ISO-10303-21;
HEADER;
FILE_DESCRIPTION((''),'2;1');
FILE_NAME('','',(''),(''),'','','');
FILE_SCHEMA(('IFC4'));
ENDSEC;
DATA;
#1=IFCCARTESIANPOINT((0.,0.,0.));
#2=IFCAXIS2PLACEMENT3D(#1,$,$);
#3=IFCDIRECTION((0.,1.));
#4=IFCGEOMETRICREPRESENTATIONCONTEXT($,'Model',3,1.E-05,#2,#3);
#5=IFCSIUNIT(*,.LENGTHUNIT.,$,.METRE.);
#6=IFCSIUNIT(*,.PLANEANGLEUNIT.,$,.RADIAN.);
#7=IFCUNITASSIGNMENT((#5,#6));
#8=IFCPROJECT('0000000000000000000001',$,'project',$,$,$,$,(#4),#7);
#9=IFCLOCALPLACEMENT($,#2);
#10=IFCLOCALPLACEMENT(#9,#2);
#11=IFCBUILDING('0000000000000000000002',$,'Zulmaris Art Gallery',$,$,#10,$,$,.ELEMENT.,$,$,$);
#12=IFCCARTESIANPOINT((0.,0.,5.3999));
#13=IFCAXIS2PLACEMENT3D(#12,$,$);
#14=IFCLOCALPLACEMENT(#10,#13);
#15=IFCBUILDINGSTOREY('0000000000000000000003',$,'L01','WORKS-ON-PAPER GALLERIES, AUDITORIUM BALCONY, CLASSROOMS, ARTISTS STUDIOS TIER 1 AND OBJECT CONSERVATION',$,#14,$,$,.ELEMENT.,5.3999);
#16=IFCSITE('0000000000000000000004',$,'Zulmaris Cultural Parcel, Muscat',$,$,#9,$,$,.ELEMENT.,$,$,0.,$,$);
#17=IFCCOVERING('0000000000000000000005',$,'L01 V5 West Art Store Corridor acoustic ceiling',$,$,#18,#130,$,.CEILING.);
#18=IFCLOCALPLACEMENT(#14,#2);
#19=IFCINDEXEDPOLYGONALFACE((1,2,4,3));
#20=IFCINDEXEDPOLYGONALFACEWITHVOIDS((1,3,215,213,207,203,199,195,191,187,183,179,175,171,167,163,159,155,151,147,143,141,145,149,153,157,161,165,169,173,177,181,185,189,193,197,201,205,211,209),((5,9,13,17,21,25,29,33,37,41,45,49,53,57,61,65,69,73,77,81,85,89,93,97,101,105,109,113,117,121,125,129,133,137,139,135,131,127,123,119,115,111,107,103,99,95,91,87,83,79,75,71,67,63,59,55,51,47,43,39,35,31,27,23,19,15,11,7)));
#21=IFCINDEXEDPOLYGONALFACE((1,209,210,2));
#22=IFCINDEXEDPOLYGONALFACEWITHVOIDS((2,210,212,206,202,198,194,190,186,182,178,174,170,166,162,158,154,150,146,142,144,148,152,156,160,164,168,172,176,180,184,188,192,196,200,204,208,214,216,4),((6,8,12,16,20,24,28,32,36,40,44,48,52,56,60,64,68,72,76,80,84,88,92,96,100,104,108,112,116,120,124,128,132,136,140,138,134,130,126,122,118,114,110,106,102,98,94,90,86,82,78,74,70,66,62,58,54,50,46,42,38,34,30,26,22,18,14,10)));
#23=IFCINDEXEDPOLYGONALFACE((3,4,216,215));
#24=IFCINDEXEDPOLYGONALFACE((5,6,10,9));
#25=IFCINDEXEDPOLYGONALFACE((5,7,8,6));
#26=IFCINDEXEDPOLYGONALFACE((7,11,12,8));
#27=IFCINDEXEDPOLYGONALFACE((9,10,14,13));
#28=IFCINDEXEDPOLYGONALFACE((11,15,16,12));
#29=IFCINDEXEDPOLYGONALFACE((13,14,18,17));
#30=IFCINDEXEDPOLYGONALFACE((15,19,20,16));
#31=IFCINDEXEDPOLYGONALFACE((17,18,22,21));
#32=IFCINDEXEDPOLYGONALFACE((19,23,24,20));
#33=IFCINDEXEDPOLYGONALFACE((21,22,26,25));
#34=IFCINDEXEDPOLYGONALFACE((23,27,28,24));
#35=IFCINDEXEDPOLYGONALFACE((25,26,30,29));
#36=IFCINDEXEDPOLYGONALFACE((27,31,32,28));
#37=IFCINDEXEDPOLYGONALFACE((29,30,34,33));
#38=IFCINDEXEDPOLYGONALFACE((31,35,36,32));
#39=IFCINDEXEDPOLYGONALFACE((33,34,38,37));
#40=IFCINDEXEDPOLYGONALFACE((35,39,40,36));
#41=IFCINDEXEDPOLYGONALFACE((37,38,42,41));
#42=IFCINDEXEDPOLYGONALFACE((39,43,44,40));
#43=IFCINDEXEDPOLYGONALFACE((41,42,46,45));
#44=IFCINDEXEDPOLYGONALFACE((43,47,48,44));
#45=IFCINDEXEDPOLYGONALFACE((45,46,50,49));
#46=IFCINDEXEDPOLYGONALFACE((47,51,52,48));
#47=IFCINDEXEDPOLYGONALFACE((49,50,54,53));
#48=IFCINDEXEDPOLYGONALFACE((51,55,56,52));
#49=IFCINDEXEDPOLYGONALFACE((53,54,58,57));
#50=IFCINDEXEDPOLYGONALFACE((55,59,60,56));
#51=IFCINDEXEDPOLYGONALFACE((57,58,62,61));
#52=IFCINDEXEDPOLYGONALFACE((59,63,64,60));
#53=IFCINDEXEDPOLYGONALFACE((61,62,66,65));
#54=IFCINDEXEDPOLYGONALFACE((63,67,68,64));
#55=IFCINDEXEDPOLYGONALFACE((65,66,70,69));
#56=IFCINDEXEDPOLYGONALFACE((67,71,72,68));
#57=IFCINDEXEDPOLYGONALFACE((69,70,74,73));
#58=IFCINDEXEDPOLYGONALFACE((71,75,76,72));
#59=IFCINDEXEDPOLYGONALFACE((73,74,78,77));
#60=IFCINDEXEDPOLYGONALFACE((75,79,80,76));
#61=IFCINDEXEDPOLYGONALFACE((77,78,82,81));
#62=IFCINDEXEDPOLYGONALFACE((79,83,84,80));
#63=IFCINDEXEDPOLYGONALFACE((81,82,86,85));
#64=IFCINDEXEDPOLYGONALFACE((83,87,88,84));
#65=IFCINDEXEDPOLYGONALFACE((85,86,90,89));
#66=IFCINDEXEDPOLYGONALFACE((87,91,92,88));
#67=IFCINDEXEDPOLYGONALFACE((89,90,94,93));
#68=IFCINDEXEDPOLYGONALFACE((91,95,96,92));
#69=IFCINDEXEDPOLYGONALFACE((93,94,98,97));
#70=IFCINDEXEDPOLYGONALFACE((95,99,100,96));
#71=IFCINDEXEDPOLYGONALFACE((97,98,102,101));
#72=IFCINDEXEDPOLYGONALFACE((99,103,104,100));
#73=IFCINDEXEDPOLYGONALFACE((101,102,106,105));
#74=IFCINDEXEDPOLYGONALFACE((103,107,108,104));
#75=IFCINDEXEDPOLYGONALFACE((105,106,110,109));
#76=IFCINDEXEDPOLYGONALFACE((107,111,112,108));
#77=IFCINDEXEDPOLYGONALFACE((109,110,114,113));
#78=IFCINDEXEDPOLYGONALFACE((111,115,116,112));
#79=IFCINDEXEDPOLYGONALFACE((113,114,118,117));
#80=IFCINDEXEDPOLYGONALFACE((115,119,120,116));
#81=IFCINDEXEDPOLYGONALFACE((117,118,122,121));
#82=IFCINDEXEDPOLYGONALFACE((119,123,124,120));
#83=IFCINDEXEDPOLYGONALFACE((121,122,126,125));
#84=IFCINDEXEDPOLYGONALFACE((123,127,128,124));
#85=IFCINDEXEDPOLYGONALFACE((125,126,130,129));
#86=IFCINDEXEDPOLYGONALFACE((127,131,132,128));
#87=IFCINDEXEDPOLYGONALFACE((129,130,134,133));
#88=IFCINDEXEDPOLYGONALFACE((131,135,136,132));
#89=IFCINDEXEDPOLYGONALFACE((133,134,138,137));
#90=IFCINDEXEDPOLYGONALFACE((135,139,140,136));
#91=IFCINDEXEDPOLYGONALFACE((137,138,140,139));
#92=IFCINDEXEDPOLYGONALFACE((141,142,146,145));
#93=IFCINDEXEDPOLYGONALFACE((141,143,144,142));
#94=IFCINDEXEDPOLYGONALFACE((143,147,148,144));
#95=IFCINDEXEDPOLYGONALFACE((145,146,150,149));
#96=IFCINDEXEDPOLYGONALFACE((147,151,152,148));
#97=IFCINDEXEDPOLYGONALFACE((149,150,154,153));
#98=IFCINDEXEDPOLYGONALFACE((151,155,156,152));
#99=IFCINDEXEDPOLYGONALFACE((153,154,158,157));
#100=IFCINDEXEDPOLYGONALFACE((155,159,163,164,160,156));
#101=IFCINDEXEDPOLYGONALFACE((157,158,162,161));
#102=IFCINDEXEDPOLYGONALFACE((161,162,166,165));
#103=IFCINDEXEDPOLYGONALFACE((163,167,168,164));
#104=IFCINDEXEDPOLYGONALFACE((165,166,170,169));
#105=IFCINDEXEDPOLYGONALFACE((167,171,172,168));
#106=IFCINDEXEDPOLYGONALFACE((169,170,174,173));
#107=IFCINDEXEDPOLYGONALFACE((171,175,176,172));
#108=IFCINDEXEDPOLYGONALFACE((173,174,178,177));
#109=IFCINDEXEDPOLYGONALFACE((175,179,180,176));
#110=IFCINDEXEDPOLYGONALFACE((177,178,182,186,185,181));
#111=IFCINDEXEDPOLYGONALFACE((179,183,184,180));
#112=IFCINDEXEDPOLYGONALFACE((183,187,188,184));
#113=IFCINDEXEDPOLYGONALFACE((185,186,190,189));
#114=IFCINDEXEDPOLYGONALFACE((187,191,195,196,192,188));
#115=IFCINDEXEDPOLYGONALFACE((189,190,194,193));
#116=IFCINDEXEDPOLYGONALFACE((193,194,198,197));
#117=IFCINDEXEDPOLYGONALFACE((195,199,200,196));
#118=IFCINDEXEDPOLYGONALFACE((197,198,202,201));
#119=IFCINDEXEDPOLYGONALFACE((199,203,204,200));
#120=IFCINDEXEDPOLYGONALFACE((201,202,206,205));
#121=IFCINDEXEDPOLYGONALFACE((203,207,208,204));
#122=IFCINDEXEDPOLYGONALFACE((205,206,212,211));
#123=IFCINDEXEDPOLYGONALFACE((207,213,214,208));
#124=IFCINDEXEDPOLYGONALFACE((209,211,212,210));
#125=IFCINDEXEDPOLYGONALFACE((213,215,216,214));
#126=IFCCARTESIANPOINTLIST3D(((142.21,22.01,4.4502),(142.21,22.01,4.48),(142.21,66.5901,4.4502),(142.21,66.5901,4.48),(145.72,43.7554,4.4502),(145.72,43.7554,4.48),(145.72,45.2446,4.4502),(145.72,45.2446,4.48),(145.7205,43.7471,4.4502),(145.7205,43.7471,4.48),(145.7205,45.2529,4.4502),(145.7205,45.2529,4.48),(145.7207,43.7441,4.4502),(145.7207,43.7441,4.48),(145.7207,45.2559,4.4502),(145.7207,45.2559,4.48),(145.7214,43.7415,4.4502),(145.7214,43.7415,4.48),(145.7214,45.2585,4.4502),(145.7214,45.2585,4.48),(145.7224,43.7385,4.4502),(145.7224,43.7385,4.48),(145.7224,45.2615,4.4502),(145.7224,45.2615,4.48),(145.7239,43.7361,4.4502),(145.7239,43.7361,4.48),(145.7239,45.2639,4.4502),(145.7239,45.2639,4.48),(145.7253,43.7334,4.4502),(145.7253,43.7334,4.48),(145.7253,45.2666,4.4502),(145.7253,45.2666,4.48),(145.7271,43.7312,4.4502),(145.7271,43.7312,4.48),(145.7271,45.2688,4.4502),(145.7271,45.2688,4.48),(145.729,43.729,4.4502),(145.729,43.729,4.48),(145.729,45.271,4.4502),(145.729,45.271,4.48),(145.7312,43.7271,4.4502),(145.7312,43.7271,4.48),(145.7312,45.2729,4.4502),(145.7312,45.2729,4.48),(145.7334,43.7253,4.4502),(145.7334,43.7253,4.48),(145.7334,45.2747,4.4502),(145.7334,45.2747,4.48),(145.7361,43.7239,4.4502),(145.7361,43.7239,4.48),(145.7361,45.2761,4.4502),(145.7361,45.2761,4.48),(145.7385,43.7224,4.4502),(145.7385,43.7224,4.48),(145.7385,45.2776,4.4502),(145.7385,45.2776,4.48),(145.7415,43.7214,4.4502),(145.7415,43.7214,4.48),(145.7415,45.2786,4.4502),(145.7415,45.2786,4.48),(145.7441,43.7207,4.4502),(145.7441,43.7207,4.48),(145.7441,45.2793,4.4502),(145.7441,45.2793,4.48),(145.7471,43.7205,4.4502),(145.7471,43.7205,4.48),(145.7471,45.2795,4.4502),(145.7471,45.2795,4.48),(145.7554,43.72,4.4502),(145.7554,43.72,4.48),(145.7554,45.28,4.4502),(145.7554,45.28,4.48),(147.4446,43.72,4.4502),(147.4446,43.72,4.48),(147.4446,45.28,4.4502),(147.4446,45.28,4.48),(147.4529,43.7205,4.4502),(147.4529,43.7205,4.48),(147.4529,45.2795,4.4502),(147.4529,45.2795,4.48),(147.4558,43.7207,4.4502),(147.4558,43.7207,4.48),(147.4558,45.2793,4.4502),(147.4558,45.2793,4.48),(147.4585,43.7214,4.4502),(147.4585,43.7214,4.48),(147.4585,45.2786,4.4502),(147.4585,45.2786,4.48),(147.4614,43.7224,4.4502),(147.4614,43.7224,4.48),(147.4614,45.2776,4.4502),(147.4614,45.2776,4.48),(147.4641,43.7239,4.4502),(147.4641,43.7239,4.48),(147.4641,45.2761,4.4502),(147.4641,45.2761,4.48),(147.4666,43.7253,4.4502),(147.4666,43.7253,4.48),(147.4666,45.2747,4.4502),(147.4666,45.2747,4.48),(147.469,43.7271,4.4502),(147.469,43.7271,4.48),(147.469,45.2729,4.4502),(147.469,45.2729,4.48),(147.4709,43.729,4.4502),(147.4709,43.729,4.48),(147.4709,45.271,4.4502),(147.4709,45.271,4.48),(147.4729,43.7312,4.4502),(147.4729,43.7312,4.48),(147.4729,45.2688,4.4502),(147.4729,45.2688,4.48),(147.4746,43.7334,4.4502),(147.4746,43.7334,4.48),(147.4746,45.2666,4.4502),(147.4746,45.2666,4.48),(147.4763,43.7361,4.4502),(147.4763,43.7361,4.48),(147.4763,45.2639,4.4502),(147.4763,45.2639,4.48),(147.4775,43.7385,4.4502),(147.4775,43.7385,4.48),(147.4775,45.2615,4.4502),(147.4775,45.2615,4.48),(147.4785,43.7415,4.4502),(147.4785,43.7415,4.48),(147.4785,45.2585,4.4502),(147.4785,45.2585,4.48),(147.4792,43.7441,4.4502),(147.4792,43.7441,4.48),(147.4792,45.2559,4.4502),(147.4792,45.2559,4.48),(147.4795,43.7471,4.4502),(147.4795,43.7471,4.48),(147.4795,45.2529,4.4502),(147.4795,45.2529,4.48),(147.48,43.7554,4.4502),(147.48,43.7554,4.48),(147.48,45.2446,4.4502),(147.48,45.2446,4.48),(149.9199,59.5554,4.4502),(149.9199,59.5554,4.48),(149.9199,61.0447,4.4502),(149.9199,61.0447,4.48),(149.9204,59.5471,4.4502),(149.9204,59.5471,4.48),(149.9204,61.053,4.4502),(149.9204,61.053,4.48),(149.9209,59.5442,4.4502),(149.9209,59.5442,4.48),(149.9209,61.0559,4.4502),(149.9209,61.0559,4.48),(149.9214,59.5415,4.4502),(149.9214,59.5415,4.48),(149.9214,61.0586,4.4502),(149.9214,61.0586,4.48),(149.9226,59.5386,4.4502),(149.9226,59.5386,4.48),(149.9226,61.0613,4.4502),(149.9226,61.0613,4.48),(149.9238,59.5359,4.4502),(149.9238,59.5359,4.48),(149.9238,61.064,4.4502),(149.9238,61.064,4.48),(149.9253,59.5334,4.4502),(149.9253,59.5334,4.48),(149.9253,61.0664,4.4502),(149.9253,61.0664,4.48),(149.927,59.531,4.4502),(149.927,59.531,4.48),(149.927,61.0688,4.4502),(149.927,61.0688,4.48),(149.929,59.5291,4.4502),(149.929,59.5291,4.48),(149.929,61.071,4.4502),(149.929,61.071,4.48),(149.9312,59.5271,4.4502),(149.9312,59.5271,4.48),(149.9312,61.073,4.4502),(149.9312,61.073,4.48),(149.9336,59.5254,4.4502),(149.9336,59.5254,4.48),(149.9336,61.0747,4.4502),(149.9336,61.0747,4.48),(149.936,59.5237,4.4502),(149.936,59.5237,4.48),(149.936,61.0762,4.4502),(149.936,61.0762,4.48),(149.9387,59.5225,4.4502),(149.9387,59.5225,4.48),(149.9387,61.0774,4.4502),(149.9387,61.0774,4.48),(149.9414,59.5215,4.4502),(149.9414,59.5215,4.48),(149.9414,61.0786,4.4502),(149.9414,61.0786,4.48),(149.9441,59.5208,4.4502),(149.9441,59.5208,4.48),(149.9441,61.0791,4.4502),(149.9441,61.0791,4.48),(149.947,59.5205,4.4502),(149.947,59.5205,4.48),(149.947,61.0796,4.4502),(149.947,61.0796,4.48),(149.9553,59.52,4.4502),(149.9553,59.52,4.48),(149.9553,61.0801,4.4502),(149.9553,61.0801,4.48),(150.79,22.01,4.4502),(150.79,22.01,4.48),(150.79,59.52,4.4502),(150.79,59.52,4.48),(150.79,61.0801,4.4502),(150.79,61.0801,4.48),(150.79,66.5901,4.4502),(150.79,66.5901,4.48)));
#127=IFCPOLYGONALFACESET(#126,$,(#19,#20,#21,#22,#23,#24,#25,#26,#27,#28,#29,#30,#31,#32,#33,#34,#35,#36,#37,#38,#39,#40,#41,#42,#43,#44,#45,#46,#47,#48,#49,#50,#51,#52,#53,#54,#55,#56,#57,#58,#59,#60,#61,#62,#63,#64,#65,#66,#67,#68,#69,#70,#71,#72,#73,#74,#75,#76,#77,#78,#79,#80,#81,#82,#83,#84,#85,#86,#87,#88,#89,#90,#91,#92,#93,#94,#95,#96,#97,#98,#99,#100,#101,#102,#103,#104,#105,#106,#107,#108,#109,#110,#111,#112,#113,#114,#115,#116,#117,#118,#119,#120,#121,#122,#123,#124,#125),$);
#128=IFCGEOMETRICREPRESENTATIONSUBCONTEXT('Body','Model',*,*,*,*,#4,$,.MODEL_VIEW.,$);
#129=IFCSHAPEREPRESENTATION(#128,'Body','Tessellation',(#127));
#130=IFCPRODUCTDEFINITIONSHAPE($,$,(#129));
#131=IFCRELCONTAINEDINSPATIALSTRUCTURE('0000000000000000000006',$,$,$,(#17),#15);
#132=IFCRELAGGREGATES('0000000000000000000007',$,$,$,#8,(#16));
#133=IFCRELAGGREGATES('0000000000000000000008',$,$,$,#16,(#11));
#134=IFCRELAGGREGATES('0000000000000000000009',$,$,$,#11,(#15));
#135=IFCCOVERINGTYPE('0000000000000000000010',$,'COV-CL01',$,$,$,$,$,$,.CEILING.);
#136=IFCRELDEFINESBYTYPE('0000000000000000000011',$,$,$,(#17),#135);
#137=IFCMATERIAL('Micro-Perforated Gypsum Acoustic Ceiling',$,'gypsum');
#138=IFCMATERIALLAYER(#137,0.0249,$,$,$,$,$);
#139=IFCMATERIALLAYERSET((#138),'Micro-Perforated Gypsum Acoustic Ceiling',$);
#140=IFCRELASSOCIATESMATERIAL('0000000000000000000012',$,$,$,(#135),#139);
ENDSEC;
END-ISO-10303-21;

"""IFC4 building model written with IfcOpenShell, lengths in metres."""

from ifc_helpers import new_model, si_unit, direction, frame, origin, place, context, subcontext, project, spatial, polyline, outline, extrude, material, layer, layer_set, type_object, element, save


model = new_model("IFC4")

# Units and contexts
model_context = context("Model", 3, precision=1e-05, world=origin(), true_north=direction((0.0, 1.0)))
body_context = subcontext(model_context, "Body", "Model", "MODEL_VIEW")
ifc_project = project(units=[si_unit("LENGTHUNIT", "METRE"), si_unit("PLANEANGLEUNIT", "RADIAN")], contexts=[model_context])

# Site, building, storey
site_placement = place(None, origin())
site = spatial("IfcSite", under=ifc_project, at=site_placement, Name="Zulmaris Cultural Parcel, Muscat", CompositionType="ELEMENT", RefElevation=0.0)
building_placement = place(site_placement, origin())
building = spatial("IfcBuilding", under=site, at=building_placement, Name="Zulmaris Art Gallery", CompositionType="ELEMENT")
storey_placement = place(building_placement, frame((0.0, 0.0, 5.3999)))
storey = spatial("IfcBuildingStorey", under=building, at=storey_placement, Name="L01", Description="WORKS-ON-PAPER GALLERIES, AUDITORIUM BALCONY, CLASSROOMS, ARTISTS STUDIOS TIER 1 AND OBJECT CONSERVATION", CompositionType="ELEMENT", Elevation=5.3999)

# Covering
ifc_material_1 = material(Name="Micro-Perforated Gypsum Acoustic Ceiling", Category="gypsum")
ifc_layer_1 = layer(ifc_material_1, 0.0249)
ifc_layer_set_1 = layer_set([ifc_layer_1], Name="Micro-Perforated Gypsum Acoustic Ceiling")
covering_type_1 = type_object("IfcCoveringType", Name="COV-CL01", PredefinedType="CEILING", material=ifc_layer_set_1)
covering_1_placement = place(storey_placement, frame((0.0, 0.0, 4.4502)))
element("IfcCovering", 1, at=covering_1_placement, inside=storey, type_object=covering_type_1, Name="L01 V5 West Art Store Corridor acoustic ceiling", PredefinedType="CEILING", context=body_context, shape_type="SweptSolid", body=[
    extrude(outline(polyline([(149.9553, 61.0801), (149.947, 61.0796), (149.9441, 61.0791), (149.9414, 61.0786), (149.9387, 61.0774), (149.936, 61.0762), (149.9336, 61.0747), (149.9312, 61.073), (149.929, 61.071), (149.927, 61.0688), (149.9253, 61.0664), (149.9238, 61.064), (149.9226, 61.0613), (149.9214, 61.0586), (149.9209, 61.0559), (149.9204, 61.053), (149.9199, 61.0447), (149.9199, 59.5554), (149.9204, 59.5471), (149.9209, 59.5442), (149.9214, 59.5415), (149.9226, 59.5386), (149.9238, 59.5359), (149.9253, 59.5334), (149.927, 59.531), (149.929, 59.5291), (149.9312, 59.5271), (149.9336, 59.5254), (149.936, 59.5237), (149.9387, 59.5225), (149.9414, 59.5215), (149.9441, 59.5208), (149.947, 59.5205), (149.9553, 59.52), (150.79, 59.52), (150.79, 22.01), (142.21, 22.01), (142.21, 66.5901), (150.79, 66.5901), (150.79, 61.0801), (149.9553, 61.0801)]), holes=[polyline([(145.7415, 45.2786), (145.7385, 45.2776), (145.7361, 45.2761), (145.7334, 45.2747), (145.7312, 45.2729), (145.729, 45.271), (145.7271, 45.2688), (145.7253, 45.2666), (145.7239, 45.2639), (145.7224, 45.2615), (145.7214, 45.2585), (145.7207, 45.2559), (145.7205, 45.2529), (145.72, 45.2446), (145.72, 43.7554), (145.7205, 43.7471), (145.7207, 43.7441), (145.7214, 43.7415), (145.7224, 43.7385), (145.7239, 43.7361), (145.7253, 43.7334), (145.7271, 43.7312), (145.729, 43.729), (145.7312, 43.7271), (145.7334, 43.7253), (145.7361, 43.7239), (145.7385, 43.7224), (145.7415, 43.7214), (145.7441, 43.7207), (145.7471, 43.7205), (145.7554, 43.72), (147.4446, 43.72), (147.4529, 43.7205), (147.4558, 43.7207), (147.4585, 43.7214), (147.4614, 43.7224), (147.4641, 43.7239), (147.4666, 43.7253), (147.469, 43.7271), (147.4709, 43.729), (147.4729, 43.7312), (147.4746, 43.7334), (147.4763, 43.7361), (147.4775, 43.7385), (147.4785, 43.7415), (147.4792, 43.7441), (147.4795, 43.7471), (147.48, 43.7554), (147.48, 45.2446), (147.4795, 45.2529), (147.4792, 45.2559), (147.4785, 45.2585), (147.4775, 45.2615), (147.4763, 45.2639), (147.4746, 45.2666), (147.4729, 45.2688), (147.4709, 45.271), (147.469, 45.2729), (147.4666, 45.2747), (147.4641, 45.2761), (147.4614, 45.2776), (147.4585, 45.2786), (147.4558, 45.2793), (147.4529, 45.2795), (147.4446, 45.28), (145.7554, 45.28), (145.7471, 45.2795), (145.7441, 45.2793), (145.7415, 45.2786)])]), origin(), (0.0, 0.0, 1.0), 0.0298),
])

save(model, "model.ifc")
